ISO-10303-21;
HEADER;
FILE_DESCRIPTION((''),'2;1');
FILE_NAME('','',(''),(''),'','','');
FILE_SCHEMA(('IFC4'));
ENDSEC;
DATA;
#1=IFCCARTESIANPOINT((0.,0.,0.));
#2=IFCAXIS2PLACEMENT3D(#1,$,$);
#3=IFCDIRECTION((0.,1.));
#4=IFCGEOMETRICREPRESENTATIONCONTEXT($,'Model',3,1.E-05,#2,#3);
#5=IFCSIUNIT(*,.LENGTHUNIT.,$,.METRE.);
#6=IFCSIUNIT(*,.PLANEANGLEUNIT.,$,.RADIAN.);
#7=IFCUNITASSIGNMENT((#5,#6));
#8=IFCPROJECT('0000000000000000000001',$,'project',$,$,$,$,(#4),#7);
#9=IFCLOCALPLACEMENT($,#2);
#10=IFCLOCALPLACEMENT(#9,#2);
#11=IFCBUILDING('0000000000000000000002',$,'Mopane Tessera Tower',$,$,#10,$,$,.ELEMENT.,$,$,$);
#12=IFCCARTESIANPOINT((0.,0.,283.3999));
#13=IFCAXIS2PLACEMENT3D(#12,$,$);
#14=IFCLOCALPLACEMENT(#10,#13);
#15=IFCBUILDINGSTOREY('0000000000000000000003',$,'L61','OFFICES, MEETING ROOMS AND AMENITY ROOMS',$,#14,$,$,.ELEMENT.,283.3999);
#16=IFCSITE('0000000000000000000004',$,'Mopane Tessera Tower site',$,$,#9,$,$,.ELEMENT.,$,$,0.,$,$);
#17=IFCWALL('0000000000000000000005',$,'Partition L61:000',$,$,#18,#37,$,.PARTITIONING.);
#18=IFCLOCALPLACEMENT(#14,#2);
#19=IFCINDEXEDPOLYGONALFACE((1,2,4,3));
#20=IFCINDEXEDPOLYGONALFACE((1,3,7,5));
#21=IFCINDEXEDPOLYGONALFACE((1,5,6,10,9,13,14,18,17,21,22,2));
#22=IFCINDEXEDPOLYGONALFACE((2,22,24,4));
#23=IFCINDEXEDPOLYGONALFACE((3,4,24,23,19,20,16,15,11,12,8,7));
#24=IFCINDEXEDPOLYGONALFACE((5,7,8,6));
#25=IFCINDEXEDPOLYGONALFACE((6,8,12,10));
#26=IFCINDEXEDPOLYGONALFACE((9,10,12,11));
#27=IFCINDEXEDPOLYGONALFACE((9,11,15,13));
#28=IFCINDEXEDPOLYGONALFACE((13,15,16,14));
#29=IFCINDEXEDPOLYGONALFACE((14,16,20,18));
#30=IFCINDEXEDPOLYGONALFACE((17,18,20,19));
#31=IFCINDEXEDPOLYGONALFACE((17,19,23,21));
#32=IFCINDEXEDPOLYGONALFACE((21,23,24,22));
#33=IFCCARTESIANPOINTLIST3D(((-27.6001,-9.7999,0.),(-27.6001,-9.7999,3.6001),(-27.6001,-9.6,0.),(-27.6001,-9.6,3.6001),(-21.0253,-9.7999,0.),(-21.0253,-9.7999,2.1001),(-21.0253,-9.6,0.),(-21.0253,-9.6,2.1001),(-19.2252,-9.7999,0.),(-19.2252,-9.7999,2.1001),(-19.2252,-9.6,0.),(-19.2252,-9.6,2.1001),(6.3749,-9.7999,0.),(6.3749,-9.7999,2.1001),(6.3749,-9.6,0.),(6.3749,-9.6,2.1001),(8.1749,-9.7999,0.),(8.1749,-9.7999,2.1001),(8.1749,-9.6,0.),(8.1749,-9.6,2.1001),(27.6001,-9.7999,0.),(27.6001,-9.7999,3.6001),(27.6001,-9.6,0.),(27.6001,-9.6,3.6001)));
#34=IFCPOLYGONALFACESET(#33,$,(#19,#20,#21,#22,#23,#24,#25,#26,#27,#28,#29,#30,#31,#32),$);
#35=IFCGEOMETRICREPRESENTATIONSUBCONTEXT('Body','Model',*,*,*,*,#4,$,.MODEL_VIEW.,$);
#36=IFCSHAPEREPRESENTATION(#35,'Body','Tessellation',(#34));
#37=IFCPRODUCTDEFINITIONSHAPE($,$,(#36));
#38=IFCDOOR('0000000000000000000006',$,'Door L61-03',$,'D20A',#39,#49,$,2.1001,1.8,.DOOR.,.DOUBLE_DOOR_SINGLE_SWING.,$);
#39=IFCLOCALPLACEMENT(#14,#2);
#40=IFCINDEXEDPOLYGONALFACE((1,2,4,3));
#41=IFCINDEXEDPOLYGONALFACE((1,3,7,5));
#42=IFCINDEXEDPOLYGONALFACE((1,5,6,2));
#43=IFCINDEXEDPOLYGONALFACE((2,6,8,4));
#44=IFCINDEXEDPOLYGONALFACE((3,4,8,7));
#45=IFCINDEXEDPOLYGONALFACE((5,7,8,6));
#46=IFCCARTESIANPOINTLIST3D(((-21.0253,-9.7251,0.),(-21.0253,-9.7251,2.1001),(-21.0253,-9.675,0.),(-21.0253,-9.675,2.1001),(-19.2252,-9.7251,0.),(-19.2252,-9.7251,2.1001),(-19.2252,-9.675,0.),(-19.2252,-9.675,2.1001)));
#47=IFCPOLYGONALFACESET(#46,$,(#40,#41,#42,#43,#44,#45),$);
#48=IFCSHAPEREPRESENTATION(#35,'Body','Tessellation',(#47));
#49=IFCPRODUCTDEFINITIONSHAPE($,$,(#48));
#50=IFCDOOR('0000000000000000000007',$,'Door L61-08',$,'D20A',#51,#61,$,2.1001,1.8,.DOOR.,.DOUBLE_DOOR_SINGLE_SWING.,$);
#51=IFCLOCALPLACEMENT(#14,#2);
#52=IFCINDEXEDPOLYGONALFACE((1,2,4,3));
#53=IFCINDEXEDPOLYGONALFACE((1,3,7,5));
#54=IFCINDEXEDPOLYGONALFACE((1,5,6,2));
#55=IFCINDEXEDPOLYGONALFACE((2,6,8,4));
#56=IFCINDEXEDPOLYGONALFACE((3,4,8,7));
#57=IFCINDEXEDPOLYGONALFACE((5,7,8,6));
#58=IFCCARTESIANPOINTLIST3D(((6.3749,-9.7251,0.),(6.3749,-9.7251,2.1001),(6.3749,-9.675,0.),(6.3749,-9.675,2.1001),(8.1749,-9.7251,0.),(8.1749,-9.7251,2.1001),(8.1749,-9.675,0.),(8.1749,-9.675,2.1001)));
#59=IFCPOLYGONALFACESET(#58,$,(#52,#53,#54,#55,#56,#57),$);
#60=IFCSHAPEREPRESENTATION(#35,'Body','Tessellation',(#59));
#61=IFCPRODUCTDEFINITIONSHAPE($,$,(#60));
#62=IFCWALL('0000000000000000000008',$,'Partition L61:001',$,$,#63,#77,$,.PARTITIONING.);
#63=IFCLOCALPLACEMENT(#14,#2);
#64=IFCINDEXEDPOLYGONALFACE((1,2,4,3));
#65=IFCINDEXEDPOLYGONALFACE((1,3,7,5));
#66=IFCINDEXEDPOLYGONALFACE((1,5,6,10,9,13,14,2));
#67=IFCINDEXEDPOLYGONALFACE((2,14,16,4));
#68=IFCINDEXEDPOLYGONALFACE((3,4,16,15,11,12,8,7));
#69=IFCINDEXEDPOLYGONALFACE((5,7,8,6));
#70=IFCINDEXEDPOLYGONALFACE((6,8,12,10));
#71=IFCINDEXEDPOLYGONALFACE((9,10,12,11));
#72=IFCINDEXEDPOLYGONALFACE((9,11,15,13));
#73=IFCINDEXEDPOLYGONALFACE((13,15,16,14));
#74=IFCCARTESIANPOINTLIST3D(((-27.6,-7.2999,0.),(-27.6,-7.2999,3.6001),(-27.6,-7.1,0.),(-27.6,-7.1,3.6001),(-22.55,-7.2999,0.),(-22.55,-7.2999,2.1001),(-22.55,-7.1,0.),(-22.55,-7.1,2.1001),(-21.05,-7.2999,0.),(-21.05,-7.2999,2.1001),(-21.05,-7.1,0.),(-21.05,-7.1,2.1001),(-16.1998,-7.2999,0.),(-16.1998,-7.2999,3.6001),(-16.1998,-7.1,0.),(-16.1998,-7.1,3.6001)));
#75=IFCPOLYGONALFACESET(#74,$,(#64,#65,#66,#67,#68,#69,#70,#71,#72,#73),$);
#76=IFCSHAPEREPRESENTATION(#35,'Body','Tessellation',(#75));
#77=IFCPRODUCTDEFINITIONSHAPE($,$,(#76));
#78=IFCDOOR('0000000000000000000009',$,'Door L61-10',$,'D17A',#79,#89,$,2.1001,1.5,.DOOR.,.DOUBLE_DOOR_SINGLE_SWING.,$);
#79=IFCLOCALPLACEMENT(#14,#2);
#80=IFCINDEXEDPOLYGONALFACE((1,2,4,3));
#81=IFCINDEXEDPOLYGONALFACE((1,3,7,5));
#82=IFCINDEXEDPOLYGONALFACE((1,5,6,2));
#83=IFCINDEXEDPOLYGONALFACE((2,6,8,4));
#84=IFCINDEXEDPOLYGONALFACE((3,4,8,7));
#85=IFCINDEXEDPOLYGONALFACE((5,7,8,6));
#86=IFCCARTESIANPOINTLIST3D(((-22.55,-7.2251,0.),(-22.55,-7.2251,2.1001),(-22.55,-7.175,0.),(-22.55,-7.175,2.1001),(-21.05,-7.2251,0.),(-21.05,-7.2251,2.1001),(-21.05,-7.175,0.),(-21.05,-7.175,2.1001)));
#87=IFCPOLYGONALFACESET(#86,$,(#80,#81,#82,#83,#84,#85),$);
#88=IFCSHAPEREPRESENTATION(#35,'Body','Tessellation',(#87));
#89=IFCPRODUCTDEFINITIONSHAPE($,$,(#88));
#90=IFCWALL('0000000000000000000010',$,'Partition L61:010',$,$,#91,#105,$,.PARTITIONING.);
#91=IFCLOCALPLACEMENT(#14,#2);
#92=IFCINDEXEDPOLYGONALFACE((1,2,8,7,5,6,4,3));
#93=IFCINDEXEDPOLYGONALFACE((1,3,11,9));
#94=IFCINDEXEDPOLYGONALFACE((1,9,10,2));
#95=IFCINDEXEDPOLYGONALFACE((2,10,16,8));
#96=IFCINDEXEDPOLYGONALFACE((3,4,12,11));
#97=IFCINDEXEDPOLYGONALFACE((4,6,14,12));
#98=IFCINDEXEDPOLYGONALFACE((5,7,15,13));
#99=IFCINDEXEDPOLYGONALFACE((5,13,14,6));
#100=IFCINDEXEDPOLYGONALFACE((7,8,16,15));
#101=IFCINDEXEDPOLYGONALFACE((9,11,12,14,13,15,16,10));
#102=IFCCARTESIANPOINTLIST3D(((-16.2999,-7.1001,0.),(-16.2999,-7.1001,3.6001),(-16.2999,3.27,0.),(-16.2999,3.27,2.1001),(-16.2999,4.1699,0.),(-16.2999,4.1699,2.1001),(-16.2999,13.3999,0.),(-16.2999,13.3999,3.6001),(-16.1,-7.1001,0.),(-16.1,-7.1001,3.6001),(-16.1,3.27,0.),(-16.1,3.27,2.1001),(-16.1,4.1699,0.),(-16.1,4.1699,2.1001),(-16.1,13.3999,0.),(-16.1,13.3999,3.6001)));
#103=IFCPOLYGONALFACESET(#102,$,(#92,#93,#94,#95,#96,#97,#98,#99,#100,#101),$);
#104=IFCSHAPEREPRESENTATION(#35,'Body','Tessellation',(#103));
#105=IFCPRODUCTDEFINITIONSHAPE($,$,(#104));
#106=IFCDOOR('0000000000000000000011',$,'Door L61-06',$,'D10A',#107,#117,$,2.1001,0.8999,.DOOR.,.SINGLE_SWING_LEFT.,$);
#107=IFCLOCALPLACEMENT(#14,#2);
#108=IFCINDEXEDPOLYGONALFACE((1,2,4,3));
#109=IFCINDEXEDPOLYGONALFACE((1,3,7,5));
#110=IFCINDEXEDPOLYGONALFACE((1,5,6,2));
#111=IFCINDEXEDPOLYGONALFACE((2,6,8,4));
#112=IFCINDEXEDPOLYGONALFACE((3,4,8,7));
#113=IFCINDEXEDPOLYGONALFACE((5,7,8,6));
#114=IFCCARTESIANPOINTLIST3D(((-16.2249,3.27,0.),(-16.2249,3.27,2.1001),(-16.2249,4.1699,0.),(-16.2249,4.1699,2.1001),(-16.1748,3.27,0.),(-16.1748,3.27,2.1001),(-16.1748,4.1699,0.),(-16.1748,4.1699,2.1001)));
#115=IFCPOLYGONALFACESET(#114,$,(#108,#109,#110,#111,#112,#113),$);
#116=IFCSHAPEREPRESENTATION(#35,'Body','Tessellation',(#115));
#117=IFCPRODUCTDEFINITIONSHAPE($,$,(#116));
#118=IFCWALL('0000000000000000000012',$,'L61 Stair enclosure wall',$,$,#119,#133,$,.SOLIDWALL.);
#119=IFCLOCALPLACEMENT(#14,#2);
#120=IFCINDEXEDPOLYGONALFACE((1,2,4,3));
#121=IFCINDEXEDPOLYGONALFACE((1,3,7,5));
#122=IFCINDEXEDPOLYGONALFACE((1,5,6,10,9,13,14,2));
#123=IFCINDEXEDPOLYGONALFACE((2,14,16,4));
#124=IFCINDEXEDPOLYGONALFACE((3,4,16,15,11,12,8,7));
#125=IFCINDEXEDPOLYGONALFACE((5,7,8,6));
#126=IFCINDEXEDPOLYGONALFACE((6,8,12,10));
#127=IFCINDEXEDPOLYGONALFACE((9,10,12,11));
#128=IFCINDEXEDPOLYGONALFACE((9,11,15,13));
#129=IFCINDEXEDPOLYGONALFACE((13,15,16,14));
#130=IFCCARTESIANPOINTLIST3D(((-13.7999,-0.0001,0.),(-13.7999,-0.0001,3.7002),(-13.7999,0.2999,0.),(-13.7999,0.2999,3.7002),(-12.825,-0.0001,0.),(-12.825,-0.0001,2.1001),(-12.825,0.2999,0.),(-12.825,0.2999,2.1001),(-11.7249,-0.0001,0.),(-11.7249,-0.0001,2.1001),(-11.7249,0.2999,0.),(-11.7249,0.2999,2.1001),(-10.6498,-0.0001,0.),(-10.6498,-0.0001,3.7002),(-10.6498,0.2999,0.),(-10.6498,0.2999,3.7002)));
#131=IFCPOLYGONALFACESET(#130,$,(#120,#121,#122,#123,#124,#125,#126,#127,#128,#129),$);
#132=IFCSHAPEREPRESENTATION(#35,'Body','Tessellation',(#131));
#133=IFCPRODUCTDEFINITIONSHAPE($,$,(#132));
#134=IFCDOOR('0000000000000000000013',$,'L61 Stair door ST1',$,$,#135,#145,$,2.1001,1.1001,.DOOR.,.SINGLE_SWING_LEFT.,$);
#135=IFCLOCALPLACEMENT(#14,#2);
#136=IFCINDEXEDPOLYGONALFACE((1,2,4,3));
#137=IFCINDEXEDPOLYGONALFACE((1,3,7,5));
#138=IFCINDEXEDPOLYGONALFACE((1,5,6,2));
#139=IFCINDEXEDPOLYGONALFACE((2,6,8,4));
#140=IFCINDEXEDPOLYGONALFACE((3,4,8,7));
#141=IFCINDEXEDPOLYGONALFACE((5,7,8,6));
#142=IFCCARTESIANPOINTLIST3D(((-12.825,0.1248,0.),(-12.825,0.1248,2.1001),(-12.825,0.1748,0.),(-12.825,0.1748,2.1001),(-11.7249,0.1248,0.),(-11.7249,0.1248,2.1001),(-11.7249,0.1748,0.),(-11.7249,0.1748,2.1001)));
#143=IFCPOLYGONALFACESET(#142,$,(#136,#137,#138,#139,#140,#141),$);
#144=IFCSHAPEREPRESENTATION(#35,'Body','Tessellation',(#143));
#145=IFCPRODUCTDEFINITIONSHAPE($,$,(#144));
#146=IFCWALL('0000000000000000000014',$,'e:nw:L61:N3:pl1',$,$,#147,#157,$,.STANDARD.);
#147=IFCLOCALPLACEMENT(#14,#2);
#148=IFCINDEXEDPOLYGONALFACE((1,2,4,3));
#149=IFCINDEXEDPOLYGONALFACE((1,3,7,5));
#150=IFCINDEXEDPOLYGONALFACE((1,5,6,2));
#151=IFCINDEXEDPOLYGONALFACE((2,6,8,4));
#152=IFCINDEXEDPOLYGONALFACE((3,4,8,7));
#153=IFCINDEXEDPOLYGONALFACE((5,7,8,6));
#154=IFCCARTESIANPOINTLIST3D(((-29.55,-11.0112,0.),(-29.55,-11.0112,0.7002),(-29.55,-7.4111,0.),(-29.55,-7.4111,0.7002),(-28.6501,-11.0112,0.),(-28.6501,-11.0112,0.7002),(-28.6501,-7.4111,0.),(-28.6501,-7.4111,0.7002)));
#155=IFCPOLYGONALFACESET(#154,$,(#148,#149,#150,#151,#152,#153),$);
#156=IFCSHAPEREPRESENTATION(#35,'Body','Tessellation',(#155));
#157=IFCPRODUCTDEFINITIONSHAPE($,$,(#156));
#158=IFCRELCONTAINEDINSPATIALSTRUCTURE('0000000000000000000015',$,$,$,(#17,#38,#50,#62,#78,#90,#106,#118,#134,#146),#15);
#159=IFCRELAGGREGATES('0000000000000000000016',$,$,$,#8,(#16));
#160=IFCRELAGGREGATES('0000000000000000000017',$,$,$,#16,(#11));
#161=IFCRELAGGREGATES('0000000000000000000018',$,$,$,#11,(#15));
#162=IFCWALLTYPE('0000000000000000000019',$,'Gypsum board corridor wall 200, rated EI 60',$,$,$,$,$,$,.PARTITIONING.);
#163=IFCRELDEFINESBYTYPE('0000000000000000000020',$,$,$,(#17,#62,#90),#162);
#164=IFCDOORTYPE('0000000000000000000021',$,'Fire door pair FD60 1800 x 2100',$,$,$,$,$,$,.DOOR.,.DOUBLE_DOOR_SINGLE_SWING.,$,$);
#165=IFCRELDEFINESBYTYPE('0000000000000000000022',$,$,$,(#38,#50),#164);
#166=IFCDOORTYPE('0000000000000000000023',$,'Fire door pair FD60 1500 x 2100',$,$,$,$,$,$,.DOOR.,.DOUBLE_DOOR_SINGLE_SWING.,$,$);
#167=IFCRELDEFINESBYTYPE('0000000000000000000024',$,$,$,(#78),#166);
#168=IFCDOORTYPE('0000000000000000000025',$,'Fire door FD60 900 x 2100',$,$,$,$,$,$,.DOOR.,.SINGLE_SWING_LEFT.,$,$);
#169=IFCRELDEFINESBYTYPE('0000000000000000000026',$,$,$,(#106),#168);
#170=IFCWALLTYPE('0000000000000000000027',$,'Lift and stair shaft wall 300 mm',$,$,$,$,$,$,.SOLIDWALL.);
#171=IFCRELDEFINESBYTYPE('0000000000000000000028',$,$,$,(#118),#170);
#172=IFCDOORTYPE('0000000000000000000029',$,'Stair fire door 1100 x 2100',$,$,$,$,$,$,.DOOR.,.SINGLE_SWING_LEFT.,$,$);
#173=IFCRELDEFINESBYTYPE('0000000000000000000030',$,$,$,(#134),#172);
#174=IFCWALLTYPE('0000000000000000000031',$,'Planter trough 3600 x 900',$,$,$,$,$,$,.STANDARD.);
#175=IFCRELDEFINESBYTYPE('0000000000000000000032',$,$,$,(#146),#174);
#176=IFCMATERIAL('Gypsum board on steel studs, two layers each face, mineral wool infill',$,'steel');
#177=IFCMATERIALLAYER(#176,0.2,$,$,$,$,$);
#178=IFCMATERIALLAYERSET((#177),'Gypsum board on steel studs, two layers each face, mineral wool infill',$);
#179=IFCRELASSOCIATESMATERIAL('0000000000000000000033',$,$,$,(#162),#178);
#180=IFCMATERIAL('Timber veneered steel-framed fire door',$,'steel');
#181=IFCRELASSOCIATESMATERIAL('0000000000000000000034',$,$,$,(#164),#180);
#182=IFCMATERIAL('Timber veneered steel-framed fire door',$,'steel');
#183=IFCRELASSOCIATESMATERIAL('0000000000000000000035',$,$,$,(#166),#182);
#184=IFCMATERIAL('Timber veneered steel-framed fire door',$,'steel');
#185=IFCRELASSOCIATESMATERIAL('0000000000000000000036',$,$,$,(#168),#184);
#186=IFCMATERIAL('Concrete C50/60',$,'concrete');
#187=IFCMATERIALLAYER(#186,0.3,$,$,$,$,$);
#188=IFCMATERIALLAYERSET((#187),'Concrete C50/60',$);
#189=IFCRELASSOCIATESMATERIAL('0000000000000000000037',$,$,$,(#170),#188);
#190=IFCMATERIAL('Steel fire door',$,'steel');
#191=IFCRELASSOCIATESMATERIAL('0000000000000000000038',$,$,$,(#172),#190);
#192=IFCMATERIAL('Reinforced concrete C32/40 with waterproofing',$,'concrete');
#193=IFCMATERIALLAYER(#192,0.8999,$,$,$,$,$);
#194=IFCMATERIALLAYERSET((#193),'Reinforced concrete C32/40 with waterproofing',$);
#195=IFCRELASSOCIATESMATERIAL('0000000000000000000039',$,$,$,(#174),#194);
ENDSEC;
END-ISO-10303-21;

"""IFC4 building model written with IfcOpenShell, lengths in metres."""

from ifc_helpers import new_model, si_unit, direction, frame, frame_2d, origin, place, context, subcontext, project, spatial, rectangle, extrude, material, layer, layer_set, type_object, element, fill, save


model = new_model("IFC4")

# Units and contexts
model_context = context("Model", 3, precision=1e-05, world=origin(), true_north=direction((0.0, 1.0)))
body_context = subcontext(model_context, "Body", "Model", "MODEL_VIEW")
ifc_project = project(units=[si_unit("LENGTHUNIT", "METRE"), si_unit("PLANEANGLEUNIT", "RADIAN")], contexts=[model_context])

# Site, building, storey
site_placement = place(None, origin())
site = spatial("IfcSite", under=ifc_project, at=site_placement, Name="Mopane Tessera Tower site", CompositionType="ELEMENT", RefElevation=0.0)
building_placement = place(site_placement, origin())
building = spatial("IfcBuilding", under=site, at=building_placement, Name="Mopane Tessera Tower", CompositionType="ELEMENT")
storey_placement = place(building_placement, frame((0.0, 0.0, 283.3999)))
storey = spatial("IfcBuildingStorey", under=building, at=storey_placement, Name="L61", Description="OFFICES, MEETING ROOMS AND AMENITY ROOMS", CompositionType="ELEMENT", Elevation=283.3999)

# Wall, openings, doors
ifc_material_1 = material(Name="Gypsum board on steel studs, two layers each face, mineral wool infill", Category="steel")
ifc_layer_1 = layer(ifc_material_1, 0.2)
ifc_layer_set_1 = layer_set([ifc_layer_1], Name="Gypsum board on steel studs, two layers each face, mineral wool infill")
wall_type_1 = type_object("IfcWallType", Name="Gypsum board corridor wall 200, rated EI 60", PredefinedType="PARTITIONING", material=ifc_layer_set_1)
wall_1_placement = place(storey_placement, frame((-27.6001, -9.7, 0.0), z_axis=(0.0, 0.0, 1.0), x_axis=(1.0, 0.0, 0.0)))
wall_1 = element("IfcWall", 1, at=wall_1_placement, inside=storey, type_object=wall_type_1, Name="Partition L61:000", PredefinedType="PARTITIONING", context=body_context, shape_type="SweptSolid", body=[
    extrude(rectangle(XDim=55.2002, YDim=0.2, at=frame_2d((27.6001, 0.0))), origin(), (0.0, 0.0, 1.0), 3.6001),
])
opening_1_placement = place(wall_1_placement, frame((6.575, 0.0, 0.0)))
opening_1 = element("IfcOpeningElement", 2, at=opening_1_placement, cuts=wall_1, PredefinedType="OPENING", context=body_context, shape_type="SweptSolid", body=[
    extrude(rectangle(XDim=1.8, YDim=2.1001, at=frame_2d((0.8999, 1.05))), frame((0.0, 0.1121, 0.0), z_axis=(0.0, -1.0, 0.0), x_axis=(1.0, 0.0, 0.0)), (0.0, 0.0, 1.0), 0.2239),
])
opening_2_placement = place(wall_1_placement, frame((33.9751, 0.0, 0.0)))
opening_2 = element("IfcOpeningElement", 3, at=opening_2_placement, cuts=wall_1, PredefinedType="OPENING", context=body_context, shape_type="SweptSolid", body=[
    extrude(rectangle(XDim=1.8, YDim=2.1001, at=frame_2d((0.8999, 1.05))), frame((0.0, 0.1121, 0.0), z_axis=(0.0, -1.0, 0.0), x_axis=(1.0, 0.0, 0.0)), (0.0, 0.0, 1.0), 0.2239),
])
ifc_material_2 = material(Name="Timber veneered steel-framed fire door", Category="steel")
door_type_1 = type_object("IfcDoorType", Name="Fire door pair FD60 1800 x 2100", OperationType="DOUBLE_DOOR_SINGLE_SWING", PredefinedType="DOOR", material=ifc_material_2)
door_1_placement = place(opening_1_placement, origin())
door_1 = element("IfcDoor", 4, at=door_1_placement, inside=storey, type_object=door_type_1, Name="Door L61-03", ObjectType="D20A", OperationType="DOUBLE_DOOR_SINGLE_SWING", OverallHeight=2.1001, OverallWidth=1.8, PredefinedType="DOOR", context=body_context, shape_type="SweptSolid", body=[
    extrude(rectangle(XDim=1.8, YDim=2.1001, at=frame_2d((0.8999, 1.05))), frame((0.0, 0.0249, 0.0), z_axis=(0.0, -1.0, 0.0), x_axis=(1.0, 0.0, 0.0)), (0.0, 0.0, 1.0), 0.05),
])
fill(opening_1, door_1)
door_2_placement = place(opening_2_placement, origin())
door_2 = element("IfcDoor", 5, at=door_2_placement, inside=storey, type_object=door_type_1, Name="Door L61-08", ObjectType="D20A", OperationType="DOUBLE_DOOR_SINGLE_SWING", OverallHeight=2.1001, OverallWidth=1.8, PredefinedType="DOOR", context=body_context, shape_type="SweptSolid", body=[
    extrude(rectangle(XDim=1.8, YDim=2.1001, at=frame_2d((0.8999, 1.05))), frame((0.0, 0.0249, 0.0), z_axis=(0.0, -1.0, 0.0), x_axis=(1.0, 0.0, 0.0)), (0.0, 0.0, 1.0), 0.05),
])
fill(opening_2, door_2)

# Walls, openings, doors
wall_2_placement = place(storey_placement, frame((-27.6001, -7.2, 0.0), z_axis=(0.0, 0.0, 1.0), x_axis=(1.0, 0.0, 0.0)))
wall_2 = element("IfcWall", 6, at=wall_2_placement, inside=storey, type_object=wall_type_1, Name="Partition L61:001", PredefinedType="PARTITIONING", context=body_context, shape_type="SweptSolid", body=[
    extrude(rectangle(XDim=11.4001, YDim=0.2, at=frame_2d((5.7002, 0.0))), origin(), (0.0, 0.0, 1.0), 3.6001),
])
opening_3_placement = place(wall_2_placement, frame((5.05, 0.0, 0.0)))
opening_3 = element("IfcOpeningElement", 7, at=opening_3_placement, cuts=wall_2, PredefinedType="OPENING", context=body_context, shape_type="SweptSolid", body=[
    extrude(rectangle(XDim=1.5, YDim=2.1001, at=frame_2d((0.75, 1.05))), frame((0.0, 0.1121, 0.0), z_axis=(0.0, -1.0, 0.0), x_axis=(1.0, 0.0, 0.0)), (0.0, 0.0, 1.0), 0.2239),
])
ifc_material_3 = material(Name="Timber veneered steel-framed fire door", Category="steel")
door_type_2 = type_object("IfcDoorType", Name="Fire door pair FD60 1500 x 2100", OperationType="DOUBLE_DOOR_SINGLE_SWING", PredefinedType="DOOR", material=ifc_material_3)
door_3_placement = place(opening_3_placement, origin())
door_3 = element("IfcDoor", 8, at=door_3_placement, inside=storey, type_object=door_type_2, Name="Door L61-10", ObjectType="D17A", OperationType="DOUBLE_DOOR_SINGLE_SWING", OverallHeight=2.1001, OverallWidth=1.5, PredefinedType="DOOR", context=body_context, shape_type="SweptSolid", body=[
    extrude(rectangle(XDim=1.5, YDim=2.1001, at=frame_2d((0.75, 1.05))), frame((0.0, 0.0249, 0.0), z_axis=(0.0, -1.0, 0.0), x_axis=(1.0, 0.0, 0.0)), (0.0, 0.0, 1.0), 0.05),
])
fill(opening_3, door_3)
wall_3_placement = place(storey_placement, frame((-16.2, -7.1001, 0.0), z_axis=(0.0, 0.0, 1.0), x_axis=(0.0, 1.0, 0.0)))
wall_3 = element("IfcWall", 9, at=wall_3_placement, inside=storey, type_object=wall_type_1, Name="Partition L61:010", PredefinedType="PARTITIONING", context=body_context, shape_type="SweptSolid", body=[
    extrude(rectangle(XDim=20.5, YDim=0.2, at=frame_2d((10.25, 0.0))), origin(), (0.0, 0.0, 1.0), 3.6001),
])
opening_4_placement = place(wall_3_placement, frame((10.3701, 0.0, 0.0)))
opening_4 = element("IfcOpeningElement", 10, at=opening_4_placement, cuts=wall_3, PredefinedType="OPENING", context=body_context, shape_type="SweptSolid", body=[
    extrude(rectangle(XDim=0.8999, YDim=2.1001, at=frame_2d((0.45, 1.05))), frame((0.0, 0.1121, 0.0), z_axis=(0.0, -1.0, 0.0), x_axis=(1.0, 0.0, 0.0)), (0.0, 0.0, 1.0), 0.2239),
])
ifc_material_4 = material(Name="Timber veneered steel-framed fire door", Category="steel")
door_type_3 = type_object("IfcDoorType", Name="Fire door FD60 900 x 2100", OperationType="SINGLE_SWING_LEFT", PredefinedType="DOOR", material=ifc_material_4)
door_4_placement = place(opening_4_placement, origin())
door_4 = element("IfcDoor", 11, at=door_4_placement, inside=storey, type_object=door_type_3, Name="Door L61-06", ObjectType="D10A", OperationType="SINGLE_SWING_LEFT", OverallHeight=2.1001, OverallWidth=0.8999, PredefinedType="DOOR", context=body_context, shape_type="SweptSolid", body=[
    extrude(rectangle(XDim=0.8999, YDim=2.1001, at=frame_2d((0.45, 1.05))), frame((0.0, 0.0249, 0.0), z_axis=(0.0, -1.0, 0.0), x_axis=(1.0, 0.0, 0.0)), (0.0, 0.0, 1.0), 0.05),
])
fill(opening_4, door_4)
ifc_material_5 = material(Name="Concrete C50/60", Category="concrete")
ifc_layer_2 = layer(ifc_material_5, 0.3)
ifc_layer_set_2 = layer_set([ifc_layer_2], Name="Concrete C50/60")
wall_type_2 = type_object("IfcWallType", Name="Lift and stair shaft wall 300 mm", PredefinedType="SOLIDWALL", material=ifc_layer_set_2)
wall_4_placement = place(storey_placement, frame((-13.8, 0.1499, 0.0), z_axis=(0.0, 0.0, 1.0), x_axis=(1.0, 0.0, 0.0)))
wall_4 = element("IfcWall", 12, at=wall_4_placement, inside=storey, type_object=wall_type_2, Name="L61 Stair enclosure wall", PredefinedType="SOLIDWALL", context=body_context, shape_type="SweptSolid", body=[
    extrude(rectangle(XDim=3.1501, YDim=0.3, at=frame_2d((1.5752, 0.0))), origin(), (0.0, 0.0, 1.0), 3.7002),
])
opening_5_placement = place(wall_4_placement, frame((0.9751, 0.0, 0.0)))
opening_5 = element("IfcOpeningElement", 13, at=opening_5_placement, cuts=wall_4, PredefinedType="OPENING", context=body_context, shape_type="SweptSolid", body=[
    extrude(rectangle(XDim=1.1001, YDim=2.1001, at=frame_2d((0.55, 1.05))), frame((0.0, 0.1621, 0.0), z_axis=(0.0, -1.0, 0.0), x_axis=(1.0, 0.0, 0.0)), (0.0, 0.0, 1.0), 0.324),
])
ifc_material_6 = material(Name="Steel fire door", Category="steel")
door_type_4 = type_object("IfcDoorType", Name="Stair fire door 1100 x 2100", OperationType="SINGLE_SWING_LEFT", PredefinedType="DOOR", material=ifc_material_6)
door_5_placement = place(opening_5_placement, origin())
door_5 = element("IfcDoor", 14, at=door_5_placement, inside=storey, type_object=door_type_4, Name="L61 Stair door ST1", OperationType="SINGLE_SWING_LEFT", OverallHeight=2.1001, OverallWidth=1.1001, PredefinedType="DOOR", context=body_context, shape_type="SweptSolid", body=[
    extrude(rectangle(XDim=1.1001, YDim=2.1001, at=frame_2d((0.55, 1.05))), frame((0.0, 0.0249, 0.0), z_axis=(0.0, -1.0, 0.0), x_axis=(1.0, 0.0, 0.0)), (0.0, 0.0, 1.0), 0.05),
])
fill(opening_5, door_5)

# Wall
ifc_material_7 = material(Name="Reinforced concrete C32/40 with waterproofing", Category="concrete")
ifc_layer_3 = layer(ifc_material_7, 0.8999)
ifc_layer_set_3 = layer_set([ifc_layer_3], Name="Reinforced concrete C32/40 with waterproofing")
wall_type_3 = type_object("IfcWallType", Name="Planter trough 3600 x 900", PredefinedType="STANDARD", material=ifc_layer_set_3)
wall_5_placement = place(storey_placement, frame((-29.1001, -7.4111, 0.0), z_axis=(0.0, 0.0, 1.0), x_axis=(0.0, -1.0, 0.0)))
element("IfcWall", 15, at=wall_5_placement, inside=storey, type_object=wall_type_3, Name="e:nw:L61:N3:pl1", PredefinedType="STANDARD", context=body_context, shape_type="SweptSolid", body=[
    extrude(rectangle(XDim=3.6001, YDim=0.8999, at=frame_2d((1.8, 0.0))), origin(), (0.0, 0.0, 1.0), 0.7002),
])

save(model, "model.ifc")
